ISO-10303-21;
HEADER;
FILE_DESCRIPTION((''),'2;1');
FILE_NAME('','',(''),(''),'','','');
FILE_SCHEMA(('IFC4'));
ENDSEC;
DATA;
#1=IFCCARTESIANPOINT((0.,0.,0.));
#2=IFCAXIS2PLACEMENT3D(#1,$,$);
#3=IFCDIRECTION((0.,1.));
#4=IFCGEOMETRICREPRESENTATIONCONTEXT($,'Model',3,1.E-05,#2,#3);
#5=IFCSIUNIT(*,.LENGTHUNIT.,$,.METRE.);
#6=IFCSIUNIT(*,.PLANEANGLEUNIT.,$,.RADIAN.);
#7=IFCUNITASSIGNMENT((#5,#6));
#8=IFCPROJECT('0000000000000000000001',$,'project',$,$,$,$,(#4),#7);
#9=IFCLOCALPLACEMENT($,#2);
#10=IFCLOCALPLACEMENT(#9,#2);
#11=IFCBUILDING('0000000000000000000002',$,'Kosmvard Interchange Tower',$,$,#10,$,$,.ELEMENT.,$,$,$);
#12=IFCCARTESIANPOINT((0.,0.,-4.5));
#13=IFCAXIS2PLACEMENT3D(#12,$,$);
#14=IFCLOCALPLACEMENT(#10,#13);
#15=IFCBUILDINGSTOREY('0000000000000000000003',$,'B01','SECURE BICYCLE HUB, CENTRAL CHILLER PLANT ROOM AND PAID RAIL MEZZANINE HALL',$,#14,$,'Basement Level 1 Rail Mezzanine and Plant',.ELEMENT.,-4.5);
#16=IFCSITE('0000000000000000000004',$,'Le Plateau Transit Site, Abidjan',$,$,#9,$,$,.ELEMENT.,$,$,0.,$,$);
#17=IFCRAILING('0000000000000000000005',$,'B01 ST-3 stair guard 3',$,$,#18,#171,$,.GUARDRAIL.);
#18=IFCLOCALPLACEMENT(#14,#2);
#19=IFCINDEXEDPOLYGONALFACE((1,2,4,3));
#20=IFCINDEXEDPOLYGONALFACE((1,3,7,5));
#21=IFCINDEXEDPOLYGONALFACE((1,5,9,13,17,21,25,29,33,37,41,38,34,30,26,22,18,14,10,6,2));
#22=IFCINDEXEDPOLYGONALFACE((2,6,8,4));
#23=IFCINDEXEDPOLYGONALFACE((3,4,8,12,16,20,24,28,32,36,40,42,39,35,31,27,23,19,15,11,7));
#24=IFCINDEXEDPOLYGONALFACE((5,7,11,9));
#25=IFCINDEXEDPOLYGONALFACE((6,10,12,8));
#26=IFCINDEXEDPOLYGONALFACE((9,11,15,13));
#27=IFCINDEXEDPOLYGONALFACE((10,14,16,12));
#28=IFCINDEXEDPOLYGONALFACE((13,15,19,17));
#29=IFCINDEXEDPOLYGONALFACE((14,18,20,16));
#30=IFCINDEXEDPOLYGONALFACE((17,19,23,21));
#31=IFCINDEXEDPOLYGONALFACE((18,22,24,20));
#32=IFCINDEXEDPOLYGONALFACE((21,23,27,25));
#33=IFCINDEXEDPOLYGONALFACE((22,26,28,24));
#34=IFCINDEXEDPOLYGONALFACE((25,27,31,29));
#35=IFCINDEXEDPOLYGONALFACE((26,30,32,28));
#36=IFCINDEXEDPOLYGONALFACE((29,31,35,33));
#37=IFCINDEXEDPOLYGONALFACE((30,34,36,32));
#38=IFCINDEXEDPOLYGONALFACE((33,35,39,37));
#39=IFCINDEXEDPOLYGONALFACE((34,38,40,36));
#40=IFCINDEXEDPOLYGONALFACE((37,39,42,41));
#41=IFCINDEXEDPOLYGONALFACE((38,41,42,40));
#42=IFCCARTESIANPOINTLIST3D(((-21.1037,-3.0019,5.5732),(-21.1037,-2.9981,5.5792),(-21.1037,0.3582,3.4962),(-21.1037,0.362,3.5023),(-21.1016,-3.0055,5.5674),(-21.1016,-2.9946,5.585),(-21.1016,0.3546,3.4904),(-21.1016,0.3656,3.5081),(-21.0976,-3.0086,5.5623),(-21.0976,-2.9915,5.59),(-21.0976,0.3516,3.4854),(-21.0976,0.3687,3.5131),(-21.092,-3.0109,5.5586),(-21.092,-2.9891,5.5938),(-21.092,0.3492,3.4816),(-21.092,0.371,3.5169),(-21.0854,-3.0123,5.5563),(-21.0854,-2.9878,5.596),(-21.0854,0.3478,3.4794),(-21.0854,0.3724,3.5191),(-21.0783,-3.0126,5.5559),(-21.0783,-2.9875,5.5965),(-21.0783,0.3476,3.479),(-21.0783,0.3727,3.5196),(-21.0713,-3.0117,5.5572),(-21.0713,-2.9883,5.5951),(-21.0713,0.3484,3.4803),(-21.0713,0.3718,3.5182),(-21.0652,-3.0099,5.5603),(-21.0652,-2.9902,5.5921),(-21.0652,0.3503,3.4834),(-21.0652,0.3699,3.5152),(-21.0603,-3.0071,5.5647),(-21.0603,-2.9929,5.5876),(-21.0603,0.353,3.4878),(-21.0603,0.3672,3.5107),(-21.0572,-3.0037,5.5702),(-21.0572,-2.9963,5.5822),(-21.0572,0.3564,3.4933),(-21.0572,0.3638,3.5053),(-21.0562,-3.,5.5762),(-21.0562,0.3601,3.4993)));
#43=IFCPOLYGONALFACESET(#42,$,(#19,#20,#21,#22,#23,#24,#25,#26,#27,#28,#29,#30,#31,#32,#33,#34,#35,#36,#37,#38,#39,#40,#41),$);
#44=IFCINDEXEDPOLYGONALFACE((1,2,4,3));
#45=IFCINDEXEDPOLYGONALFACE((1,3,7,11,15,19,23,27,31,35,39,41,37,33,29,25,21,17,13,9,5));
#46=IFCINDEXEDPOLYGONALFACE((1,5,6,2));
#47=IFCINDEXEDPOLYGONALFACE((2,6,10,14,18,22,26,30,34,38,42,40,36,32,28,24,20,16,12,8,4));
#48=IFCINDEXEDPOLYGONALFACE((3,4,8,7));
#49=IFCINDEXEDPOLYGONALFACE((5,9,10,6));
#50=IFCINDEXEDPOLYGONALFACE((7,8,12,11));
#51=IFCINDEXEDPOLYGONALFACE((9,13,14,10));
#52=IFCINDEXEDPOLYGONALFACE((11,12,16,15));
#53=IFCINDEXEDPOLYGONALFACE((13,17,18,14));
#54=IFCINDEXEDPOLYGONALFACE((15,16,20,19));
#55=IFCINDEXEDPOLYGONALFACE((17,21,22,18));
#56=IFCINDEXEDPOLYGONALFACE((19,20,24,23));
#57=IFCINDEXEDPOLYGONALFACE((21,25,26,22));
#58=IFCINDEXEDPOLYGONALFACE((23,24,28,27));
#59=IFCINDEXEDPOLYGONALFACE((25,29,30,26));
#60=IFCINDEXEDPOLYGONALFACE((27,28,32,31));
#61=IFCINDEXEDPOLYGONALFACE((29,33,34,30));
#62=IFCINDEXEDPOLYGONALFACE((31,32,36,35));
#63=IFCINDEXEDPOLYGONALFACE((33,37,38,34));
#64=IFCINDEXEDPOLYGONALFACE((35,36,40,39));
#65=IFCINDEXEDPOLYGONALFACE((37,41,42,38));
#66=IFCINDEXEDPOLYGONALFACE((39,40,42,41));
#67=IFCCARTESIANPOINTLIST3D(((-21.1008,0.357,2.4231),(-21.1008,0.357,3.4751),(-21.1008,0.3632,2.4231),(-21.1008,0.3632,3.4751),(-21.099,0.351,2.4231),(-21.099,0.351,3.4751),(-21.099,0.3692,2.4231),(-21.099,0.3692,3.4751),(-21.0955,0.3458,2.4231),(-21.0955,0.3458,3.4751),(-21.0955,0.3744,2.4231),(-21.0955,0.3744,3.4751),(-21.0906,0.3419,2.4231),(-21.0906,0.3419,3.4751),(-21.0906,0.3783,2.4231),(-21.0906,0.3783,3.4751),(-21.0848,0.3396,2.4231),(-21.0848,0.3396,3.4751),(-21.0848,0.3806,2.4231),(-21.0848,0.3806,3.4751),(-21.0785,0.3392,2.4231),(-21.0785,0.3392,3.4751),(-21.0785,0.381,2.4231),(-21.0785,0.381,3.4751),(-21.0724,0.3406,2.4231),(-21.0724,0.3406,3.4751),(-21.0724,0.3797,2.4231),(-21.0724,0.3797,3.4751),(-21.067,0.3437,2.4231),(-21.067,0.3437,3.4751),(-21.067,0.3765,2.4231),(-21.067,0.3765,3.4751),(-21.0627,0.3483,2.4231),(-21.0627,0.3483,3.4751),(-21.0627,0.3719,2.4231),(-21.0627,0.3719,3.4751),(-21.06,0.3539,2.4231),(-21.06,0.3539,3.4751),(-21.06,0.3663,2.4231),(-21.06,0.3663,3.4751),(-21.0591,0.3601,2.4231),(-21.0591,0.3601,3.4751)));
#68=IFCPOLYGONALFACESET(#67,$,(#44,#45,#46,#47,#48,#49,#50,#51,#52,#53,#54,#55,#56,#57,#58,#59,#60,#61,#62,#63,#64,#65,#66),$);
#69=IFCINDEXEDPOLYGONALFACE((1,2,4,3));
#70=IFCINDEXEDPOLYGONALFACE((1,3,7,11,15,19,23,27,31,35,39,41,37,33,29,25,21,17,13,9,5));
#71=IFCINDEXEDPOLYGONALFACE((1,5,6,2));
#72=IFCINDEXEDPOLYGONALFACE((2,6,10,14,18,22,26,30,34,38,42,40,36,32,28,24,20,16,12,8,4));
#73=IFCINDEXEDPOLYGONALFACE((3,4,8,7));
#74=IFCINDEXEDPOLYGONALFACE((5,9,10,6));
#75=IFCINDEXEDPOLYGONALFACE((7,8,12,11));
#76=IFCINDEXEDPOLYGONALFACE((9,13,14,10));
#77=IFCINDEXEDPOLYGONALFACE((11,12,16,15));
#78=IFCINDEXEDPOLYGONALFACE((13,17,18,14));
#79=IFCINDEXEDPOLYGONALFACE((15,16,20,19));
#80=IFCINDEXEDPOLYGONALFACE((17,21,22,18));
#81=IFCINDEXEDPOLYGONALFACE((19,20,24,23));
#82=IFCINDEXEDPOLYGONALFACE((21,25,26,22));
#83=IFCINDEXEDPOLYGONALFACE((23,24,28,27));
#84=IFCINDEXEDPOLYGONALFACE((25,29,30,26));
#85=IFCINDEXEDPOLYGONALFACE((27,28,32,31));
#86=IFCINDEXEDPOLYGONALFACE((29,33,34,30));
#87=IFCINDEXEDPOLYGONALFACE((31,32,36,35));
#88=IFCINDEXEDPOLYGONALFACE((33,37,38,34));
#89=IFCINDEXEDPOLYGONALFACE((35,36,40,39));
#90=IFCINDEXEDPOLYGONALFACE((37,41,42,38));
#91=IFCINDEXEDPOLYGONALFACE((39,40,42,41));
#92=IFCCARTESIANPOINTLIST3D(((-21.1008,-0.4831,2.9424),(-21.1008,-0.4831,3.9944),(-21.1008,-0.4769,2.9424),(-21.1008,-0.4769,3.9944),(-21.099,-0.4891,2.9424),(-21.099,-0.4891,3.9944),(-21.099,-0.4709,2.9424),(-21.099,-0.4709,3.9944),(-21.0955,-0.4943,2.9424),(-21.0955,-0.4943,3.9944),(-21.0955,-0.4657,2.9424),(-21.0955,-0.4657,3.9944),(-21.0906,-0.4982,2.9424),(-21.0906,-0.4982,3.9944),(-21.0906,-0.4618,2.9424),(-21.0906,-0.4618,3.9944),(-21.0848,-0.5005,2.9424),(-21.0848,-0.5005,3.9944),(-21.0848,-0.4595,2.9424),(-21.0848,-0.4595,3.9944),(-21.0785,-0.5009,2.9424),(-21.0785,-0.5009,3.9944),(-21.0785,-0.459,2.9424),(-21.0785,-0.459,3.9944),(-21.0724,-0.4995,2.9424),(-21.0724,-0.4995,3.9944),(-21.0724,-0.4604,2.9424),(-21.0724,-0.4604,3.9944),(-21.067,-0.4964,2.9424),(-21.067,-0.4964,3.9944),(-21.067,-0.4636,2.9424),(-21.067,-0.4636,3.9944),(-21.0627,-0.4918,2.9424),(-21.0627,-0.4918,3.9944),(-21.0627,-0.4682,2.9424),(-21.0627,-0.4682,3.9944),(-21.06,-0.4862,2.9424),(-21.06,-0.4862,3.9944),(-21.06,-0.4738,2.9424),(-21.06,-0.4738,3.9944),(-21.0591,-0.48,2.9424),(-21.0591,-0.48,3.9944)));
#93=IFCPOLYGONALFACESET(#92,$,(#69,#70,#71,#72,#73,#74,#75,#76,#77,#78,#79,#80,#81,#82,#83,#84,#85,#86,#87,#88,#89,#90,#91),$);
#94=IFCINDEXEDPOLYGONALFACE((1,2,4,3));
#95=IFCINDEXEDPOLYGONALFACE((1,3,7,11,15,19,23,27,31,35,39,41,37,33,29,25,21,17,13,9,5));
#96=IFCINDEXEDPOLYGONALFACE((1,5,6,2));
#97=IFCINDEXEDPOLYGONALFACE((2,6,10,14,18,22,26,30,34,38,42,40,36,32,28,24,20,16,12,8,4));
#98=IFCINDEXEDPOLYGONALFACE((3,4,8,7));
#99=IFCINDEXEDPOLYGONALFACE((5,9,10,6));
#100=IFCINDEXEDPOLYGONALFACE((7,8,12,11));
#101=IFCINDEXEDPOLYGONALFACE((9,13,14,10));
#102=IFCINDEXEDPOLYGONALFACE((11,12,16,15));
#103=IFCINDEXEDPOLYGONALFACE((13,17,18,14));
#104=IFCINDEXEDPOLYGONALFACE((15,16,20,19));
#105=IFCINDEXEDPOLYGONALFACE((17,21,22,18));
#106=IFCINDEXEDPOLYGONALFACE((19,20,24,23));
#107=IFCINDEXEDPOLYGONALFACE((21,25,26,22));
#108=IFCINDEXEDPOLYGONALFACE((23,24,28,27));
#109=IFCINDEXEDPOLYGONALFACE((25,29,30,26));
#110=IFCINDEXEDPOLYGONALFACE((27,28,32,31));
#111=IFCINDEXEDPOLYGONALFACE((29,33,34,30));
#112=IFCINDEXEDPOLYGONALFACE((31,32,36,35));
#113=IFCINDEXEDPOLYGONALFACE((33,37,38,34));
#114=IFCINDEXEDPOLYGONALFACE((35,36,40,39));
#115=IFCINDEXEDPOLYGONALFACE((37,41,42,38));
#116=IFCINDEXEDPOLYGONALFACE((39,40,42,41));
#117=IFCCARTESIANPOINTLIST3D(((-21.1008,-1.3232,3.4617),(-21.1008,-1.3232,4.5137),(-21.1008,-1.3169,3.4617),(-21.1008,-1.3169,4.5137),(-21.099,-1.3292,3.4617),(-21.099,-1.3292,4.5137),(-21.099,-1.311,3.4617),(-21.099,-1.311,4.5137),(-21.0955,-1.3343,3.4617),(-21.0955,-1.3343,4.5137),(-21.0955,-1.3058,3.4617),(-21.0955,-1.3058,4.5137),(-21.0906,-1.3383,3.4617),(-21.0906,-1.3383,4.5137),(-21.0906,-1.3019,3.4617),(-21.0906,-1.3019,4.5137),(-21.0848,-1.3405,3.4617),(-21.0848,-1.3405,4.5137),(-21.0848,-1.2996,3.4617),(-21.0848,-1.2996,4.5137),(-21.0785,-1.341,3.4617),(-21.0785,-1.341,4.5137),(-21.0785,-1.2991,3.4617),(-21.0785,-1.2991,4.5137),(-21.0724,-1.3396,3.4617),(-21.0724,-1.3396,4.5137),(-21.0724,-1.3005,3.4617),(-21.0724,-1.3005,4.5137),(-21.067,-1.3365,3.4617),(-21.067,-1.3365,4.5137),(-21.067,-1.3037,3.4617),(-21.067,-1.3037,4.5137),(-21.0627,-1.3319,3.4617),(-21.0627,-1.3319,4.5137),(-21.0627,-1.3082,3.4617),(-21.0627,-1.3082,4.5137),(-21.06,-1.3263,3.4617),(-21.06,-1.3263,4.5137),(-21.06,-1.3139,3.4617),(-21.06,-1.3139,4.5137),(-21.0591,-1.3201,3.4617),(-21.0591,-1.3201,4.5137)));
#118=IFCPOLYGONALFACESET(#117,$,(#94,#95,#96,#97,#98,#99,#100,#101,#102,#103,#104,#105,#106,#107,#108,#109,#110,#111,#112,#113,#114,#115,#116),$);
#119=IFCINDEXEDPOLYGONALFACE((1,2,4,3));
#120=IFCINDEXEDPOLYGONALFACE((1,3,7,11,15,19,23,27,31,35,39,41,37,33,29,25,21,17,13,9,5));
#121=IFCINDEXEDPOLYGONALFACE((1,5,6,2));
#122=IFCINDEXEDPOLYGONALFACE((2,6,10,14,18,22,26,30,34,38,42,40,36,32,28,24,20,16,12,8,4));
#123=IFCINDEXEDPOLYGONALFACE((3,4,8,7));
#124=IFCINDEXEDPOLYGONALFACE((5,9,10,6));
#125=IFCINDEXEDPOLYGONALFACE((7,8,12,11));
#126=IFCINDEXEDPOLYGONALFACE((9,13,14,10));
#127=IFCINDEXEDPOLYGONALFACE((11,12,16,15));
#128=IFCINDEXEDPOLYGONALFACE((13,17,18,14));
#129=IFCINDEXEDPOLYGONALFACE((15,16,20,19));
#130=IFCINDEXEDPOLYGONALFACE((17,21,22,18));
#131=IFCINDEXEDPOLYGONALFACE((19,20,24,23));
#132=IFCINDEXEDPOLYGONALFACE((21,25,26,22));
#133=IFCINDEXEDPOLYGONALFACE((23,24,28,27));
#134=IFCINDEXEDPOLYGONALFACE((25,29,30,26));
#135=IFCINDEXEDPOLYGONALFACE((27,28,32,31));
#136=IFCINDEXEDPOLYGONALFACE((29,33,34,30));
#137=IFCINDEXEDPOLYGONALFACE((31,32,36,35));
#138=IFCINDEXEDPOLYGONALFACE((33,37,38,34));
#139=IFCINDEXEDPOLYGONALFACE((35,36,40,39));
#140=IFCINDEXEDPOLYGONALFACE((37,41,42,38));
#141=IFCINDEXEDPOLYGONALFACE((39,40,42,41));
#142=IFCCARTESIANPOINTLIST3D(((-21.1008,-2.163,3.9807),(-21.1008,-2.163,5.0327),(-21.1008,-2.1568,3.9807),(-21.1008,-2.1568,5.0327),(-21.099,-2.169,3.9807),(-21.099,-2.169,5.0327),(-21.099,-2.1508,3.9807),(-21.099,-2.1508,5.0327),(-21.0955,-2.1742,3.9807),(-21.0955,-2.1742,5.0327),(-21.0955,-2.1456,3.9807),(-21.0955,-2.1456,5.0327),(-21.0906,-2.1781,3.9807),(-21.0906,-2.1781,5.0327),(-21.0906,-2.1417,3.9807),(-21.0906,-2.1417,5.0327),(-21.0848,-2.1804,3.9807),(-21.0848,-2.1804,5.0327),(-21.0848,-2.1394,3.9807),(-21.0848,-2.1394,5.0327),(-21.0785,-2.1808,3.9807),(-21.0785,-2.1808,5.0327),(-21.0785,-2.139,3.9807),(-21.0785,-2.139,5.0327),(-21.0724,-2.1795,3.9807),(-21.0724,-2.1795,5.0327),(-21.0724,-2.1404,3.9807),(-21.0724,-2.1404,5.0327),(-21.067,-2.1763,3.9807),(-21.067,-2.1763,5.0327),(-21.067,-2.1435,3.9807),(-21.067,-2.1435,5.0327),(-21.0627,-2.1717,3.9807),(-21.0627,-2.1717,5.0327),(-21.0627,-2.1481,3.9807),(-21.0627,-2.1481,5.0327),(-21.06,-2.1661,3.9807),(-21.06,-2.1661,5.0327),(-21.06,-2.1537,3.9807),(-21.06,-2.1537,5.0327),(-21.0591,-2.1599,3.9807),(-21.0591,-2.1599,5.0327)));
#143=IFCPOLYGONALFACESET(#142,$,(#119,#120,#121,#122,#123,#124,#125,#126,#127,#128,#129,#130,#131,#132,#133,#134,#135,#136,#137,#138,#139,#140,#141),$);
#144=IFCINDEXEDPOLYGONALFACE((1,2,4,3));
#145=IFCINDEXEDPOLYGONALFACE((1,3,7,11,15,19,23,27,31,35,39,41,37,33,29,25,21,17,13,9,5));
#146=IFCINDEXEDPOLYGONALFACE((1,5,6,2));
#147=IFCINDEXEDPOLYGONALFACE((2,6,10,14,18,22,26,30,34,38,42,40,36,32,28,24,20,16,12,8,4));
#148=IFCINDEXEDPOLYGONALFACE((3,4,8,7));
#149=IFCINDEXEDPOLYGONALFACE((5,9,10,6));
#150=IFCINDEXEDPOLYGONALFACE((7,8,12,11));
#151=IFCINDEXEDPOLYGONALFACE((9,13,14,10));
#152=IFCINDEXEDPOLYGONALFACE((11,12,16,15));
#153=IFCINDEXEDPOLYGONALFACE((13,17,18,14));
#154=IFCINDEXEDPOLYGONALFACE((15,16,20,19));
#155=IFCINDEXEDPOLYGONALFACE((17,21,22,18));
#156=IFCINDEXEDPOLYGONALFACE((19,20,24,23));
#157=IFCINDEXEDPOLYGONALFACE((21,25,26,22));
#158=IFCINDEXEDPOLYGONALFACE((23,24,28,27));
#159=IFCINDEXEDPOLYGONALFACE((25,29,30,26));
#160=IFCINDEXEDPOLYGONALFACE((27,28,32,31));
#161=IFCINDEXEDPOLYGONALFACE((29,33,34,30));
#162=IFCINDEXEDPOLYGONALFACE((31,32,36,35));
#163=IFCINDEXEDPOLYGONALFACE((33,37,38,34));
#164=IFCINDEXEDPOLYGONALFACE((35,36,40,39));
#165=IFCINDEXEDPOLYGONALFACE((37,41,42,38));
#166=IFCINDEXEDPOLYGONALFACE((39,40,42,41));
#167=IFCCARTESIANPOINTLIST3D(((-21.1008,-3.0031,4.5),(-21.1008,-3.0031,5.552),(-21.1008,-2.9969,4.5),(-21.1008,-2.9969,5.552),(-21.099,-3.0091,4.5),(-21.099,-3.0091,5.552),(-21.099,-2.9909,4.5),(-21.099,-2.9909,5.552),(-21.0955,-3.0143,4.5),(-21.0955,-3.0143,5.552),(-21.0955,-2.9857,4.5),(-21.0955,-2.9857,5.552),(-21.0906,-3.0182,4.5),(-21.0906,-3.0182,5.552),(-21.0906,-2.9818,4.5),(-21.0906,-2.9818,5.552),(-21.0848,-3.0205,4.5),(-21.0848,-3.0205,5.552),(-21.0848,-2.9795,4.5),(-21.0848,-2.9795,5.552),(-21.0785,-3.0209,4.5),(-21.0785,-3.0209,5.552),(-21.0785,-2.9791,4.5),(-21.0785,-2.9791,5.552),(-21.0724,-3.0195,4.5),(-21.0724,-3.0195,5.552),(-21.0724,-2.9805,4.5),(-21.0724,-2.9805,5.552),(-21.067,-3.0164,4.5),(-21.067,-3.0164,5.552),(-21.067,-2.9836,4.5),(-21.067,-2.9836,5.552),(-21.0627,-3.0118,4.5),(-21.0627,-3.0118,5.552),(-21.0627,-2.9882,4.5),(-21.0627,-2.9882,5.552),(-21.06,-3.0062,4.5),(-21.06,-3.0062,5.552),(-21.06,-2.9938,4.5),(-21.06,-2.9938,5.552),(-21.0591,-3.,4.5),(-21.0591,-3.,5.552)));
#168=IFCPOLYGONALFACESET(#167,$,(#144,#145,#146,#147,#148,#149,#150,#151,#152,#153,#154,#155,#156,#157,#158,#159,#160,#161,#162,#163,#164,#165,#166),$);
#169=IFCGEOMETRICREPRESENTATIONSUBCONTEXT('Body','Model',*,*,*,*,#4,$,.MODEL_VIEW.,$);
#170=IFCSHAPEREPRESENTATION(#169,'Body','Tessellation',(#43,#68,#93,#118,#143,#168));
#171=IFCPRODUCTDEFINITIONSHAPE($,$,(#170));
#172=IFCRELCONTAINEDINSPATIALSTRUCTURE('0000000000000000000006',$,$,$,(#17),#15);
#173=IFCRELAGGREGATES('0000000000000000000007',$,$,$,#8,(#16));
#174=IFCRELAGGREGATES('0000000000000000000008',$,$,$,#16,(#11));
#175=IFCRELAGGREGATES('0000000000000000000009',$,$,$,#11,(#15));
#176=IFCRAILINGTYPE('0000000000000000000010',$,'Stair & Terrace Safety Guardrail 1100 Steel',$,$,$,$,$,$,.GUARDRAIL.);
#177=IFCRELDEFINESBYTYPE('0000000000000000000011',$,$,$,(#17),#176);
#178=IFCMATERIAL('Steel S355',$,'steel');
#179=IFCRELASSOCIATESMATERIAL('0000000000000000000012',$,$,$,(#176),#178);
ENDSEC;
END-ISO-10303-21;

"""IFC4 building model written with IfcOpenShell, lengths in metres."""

from ifc_helpers import new_model, si_unit, direction, frame, origin, origin_2d, place, context, subcontext, project, spatial, circle, extrude, source, transform, mapped, material, type_object, element, save


model = new_model("IFC4")

# Units and contexts
model_context = context("Model", 3, precision=1e-05, world=origin(), true_north=direction((0.0, 1.0)))
body_context = subcontext(model_context, "Body", "Model", "MODEL_VIEW")
ifc_project = project(units=[si_unit("LENGTHUNIT", "METRE"), si_unit("PLANEANGLEUNIT", "RADIAN")], contexts=[model_context])

# Site, building, storey
site_placement = place(None, origin())
site = spatial("IfcSite", under=ifc_project, at=site_placement, Name="Le Plateau Transit Site, Abidjan", CompositionType="ELEMENT", RefElevation=0.0)
building_placement = place(site_placement, origin())
building = spatial("IfcBuilding", under=site, at=building_placement, Name="Kosmvard Interchange Tower", CompositionType="ELEMENT")
storey_placement = place(building_placement, frame((0.0, 0.0, -4.5)))
storey = spatial("IfcBuildingStorey", under=building, at=storey_placement, Name="B01", Description="SECURE BICYCLE HUB, CENTRAL CHILLER PLANT ROOM AND PAID RAIL MEZZANINE HALL", LongName="Basement Level 1 Rail Mezzanine and Plant", CompositionType="ELEMENT", Elevation=-4.5)

# Shared definitions
ifc_material_1 = material(Name="Steel S355", Category="steel")

# Railing
railing_type_1 = type_object("IfcRailingType", Name="Stair & Terrace Safety Guardrail 1100 Steel", PredefinedType="GUARDRAIL", material=ifc_material_1)
shared_shape_1 = source(origin(), body_context, "Body", "SweptSolid", [
    extrude(circle(Radius=0.0239, at=origin_2d()), frame((0.0, 0.0, 1.0762), z_axis=(0.0, -0.850623, 0.525776), x_axis=(1.0, 0.0, 0.0)), (0.0, 0.0, 1.0), 3.9502),
    extrude(circle(Radius=0.021, at=origin_2d()), origin(), (0.0, 0.0, 1.0), 1.052),
    extrude(circle(Radius=0.021, at=origin_2d()), frame((0.0, -0.8401, 0.5193)), (0.0, 0.0, 1.0), 1.052),
    extrude(circle(Radius=0.021, at=origin_2d()), frame((0.0, -1.6802, 1.0386)), (0.0, 0.0, 1.0), 1.052),
    extrude(circle(Radius=0.021, at=origin_2d()), frame((0.0, -2.52, 1.5576)), (0.0, 0.0, 1.0), 1.052),
    extrude(circle(Radius=0.021, at=origin_2d()), frame((0.0, -3.3601, 2.0769)), (0.0, 0.0, 1.0), 1.052),
])
railing_1_placement = place(storey_placement, frame((-21.0801, 0.3601, 2.4231)))
element("IfcRailing", 1, at=railing_1_placement, inside=storey, type_object=railing_type_1, Name="B01 ST-3 stair guard 3", PredefinedType="GUARDRAIL", context=body_context, shape_type="MappedRepresentation", body=[
    mapped(shared_shape_1, transform((0.0, 0.0, 0.0), scale=1.0)),
])

save(model, "model.ifc")
